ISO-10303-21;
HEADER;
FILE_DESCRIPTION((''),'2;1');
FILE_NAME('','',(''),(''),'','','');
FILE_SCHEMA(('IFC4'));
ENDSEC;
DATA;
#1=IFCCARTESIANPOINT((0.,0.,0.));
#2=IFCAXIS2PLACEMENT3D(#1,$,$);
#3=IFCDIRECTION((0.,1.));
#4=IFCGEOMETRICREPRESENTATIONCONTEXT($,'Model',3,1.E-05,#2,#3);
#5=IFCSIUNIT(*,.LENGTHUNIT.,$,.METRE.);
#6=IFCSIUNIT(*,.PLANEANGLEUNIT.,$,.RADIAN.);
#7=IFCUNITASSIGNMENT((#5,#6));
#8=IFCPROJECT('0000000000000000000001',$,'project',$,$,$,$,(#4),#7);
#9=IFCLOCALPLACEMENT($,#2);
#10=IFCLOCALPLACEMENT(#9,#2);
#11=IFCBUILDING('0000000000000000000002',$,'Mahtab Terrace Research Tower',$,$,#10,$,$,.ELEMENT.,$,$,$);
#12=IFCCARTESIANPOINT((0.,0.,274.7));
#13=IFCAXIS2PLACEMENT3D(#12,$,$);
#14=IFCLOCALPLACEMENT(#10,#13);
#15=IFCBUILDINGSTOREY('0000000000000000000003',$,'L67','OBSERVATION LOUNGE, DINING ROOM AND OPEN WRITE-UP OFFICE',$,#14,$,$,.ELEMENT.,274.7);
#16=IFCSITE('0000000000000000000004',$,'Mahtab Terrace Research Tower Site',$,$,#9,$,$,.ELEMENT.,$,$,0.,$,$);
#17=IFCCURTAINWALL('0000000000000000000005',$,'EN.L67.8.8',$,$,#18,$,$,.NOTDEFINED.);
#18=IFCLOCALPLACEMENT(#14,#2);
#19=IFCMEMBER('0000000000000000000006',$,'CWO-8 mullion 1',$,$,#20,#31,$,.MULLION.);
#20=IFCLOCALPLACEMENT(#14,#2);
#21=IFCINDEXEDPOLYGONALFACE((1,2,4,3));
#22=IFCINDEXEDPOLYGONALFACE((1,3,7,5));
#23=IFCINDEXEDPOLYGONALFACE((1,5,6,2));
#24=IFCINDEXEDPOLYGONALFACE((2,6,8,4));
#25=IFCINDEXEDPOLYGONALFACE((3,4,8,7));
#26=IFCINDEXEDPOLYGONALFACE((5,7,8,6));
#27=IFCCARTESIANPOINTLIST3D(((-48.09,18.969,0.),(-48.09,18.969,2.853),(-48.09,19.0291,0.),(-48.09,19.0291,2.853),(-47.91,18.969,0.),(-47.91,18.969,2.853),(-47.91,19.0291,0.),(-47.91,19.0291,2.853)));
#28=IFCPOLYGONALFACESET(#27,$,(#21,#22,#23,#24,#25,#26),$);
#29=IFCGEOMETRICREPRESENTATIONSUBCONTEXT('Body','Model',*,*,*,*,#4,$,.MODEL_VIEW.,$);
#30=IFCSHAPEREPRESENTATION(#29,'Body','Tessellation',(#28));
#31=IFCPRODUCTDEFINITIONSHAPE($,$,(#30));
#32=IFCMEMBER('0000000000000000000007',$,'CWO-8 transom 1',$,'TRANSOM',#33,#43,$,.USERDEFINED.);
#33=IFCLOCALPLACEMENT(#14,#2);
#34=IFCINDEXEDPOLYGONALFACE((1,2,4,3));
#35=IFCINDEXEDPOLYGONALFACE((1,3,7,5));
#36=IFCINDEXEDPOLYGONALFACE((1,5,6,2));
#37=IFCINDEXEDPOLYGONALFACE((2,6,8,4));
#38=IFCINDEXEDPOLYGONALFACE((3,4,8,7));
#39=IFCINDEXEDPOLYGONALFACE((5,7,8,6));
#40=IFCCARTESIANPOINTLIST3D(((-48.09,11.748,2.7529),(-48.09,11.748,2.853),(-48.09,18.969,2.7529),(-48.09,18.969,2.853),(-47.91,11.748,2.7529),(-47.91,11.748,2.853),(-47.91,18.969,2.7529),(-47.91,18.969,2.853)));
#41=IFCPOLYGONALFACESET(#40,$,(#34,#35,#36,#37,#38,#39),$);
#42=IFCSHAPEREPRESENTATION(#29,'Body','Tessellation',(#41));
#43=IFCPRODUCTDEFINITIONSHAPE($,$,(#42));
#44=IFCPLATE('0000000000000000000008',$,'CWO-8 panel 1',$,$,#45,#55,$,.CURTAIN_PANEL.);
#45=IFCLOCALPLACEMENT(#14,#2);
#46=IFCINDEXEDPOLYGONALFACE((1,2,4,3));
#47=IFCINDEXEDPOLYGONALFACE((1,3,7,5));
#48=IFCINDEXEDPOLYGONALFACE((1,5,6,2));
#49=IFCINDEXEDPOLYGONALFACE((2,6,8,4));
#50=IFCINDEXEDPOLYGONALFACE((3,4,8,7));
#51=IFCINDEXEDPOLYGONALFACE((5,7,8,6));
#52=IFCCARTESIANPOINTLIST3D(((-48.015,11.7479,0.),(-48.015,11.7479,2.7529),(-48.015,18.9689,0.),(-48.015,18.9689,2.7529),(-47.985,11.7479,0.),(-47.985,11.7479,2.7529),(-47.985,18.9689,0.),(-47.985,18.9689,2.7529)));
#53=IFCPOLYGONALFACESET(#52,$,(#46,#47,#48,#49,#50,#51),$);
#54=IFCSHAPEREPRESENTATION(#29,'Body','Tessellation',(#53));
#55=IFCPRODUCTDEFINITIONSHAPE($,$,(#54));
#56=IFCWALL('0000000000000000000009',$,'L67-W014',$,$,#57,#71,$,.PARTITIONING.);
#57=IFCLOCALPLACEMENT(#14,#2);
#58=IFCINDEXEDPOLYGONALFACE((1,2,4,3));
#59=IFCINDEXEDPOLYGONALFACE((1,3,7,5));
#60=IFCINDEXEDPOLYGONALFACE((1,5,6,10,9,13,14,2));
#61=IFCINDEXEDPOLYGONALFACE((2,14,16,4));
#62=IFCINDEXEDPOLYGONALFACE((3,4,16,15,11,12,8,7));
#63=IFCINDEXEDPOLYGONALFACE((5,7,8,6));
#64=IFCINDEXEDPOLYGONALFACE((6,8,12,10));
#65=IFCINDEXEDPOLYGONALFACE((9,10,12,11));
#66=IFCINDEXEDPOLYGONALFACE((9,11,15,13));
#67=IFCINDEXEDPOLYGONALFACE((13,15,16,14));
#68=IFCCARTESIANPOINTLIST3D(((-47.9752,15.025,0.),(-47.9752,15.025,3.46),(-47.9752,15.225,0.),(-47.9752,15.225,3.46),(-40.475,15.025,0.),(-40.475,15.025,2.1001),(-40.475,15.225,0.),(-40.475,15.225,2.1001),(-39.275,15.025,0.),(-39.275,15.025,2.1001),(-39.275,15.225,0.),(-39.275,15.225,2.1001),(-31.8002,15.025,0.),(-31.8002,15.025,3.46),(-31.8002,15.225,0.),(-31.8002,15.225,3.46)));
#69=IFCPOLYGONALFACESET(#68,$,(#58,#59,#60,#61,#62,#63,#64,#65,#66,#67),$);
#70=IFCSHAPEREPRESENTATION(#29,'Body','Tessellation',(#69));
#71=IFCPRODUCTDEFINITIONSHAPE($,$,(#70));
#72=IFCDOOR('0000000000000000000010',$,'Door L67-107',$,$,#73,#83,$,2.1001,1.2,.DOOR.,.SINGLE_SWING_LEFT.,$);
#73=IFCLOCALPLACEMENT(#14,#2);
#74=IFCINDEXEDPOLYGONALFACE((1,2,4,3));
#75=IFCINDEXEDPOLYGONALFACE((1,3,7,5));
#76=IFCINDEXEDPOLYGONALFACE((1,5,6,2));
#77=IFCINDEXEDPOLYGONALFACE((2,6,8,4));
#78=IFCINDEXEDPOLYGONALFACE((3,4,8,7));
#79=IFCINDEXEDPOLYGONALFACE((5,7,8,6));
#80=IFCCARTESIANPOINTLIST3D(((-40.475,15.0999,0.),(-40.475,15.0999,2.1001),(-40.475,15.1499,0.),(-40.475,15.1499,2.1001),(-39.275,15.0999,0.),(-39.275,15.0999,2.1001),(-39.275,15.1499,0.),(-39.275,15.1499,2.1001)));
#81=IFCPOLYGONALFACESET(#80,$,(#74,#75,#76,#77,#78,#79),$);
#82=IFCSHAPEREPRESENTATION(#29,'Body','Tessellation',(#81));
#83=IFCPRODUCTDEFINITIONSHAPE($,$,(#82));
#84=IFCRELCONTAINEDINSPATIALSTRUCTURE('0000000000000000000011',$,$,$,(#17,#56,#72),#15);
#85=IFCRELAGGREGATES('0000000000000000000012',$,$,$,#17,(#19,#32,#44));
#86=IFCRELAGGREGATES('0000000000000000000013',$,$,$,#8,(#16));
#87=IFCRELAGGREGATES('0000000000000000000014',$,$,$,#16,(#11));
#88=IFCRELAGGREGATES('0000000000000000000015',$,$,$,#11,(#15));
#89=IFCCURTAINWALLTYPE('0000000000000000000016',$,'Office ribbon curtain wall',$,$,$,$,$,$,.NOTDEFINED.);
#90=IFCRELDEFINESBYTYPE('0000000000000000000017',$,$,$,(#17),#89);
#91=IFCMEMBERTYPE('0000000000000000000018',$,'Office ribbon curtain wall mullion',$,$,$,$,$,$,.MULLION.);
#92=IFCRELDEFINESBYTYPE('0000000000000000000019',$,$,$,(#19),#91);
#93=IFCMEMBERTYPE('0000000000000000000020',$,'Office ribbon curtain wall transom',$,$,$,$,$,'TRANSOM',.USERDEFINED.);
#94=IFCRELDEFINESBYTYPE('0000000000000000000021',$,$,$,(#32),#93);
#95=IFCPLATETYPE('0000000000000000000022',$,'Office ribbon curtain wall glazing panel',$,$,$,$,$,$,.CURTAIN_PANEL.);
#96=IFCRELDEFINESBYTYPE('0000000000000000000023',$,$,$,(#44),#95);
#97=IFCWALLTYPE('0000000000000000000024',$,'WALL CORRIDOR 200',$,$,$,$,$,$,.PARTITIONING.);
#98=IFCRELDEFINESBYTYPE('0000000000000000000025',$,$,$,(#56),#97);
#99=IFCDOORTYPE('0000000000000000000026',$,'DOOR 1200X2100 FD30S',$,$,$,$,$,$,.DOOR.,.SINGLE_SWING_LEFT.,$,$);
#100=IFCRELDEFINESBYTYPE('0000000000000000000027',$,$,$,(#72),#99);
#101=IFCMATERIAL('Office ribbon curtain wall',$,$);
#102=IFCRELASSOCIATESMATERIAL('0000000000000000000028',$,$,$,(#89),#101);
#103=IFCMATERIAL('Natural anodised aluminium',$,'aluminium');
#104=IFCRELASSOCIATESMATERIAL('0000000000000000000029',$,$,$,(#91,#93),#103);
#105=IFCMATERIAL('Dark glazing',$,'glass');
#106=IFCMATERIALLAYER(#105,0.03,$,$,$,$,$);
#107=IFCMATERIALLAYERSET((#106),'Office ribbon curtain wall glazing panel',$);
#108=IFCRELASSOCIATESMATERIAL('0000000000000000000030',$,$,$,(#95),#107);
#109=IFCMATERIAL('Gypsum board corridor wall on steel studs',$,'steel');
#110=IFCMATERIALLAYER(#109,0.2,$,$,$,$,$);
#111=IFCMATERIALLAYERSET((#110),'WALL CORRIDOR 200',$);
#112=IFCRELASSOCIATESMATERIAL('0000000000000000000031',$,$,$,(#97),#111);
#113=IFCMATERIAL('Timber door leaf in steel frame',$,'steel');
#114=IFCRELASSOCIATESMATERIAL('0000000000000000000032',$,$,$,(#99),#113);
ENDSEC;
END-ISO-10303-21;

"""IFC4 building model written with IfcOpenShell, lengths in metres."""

from ifc_helpers import new_model, si_unit, direction, frame, frame_2d, origin, origin_2d, place, context, subcontext, project, spatial, rectangle, extrude, material, layer, layer_set, material_profile, profile_set, type_object, element, fill, aggregate, save


model = new_model("IFC4")

# Units and contexts
model_context = context("Model", 3, precision=1e-05, world=origin(), true_north=direction((0.0, 1.0)))
body_context = subcontext(model_context, "Body", "Model", "MODEL_VIEW")
ifc_project = project(units=[si_unit("LENGTHUNIT", "METRE"), si_unit("PLANEANGLEUNIT", "RADIAN")], contexts=[model_context])

# Site, building, storey
site_placement = place(None, origin())
site = spatial("IfcSite", under=ifc_project, at=site_placement, Name="Mahtab Terrace Research Tower Site", CompositionType="ELEMENT", RefElevation=0.0)
building_placement = place(site_placement, origin())
building = spatial("IfcBuilding", under=site, at=building_placement, Name="Mahtab Terrace Research Tower", CompositionType="ELEMENT")
storey_placement = place(building_placement, frame((0.0, 0.0, 274.7)))
storey = spatial("IfcBuildingStorey", under=building, at=storey_placement, Name="L67", Description="OBSERVATION LOUNGE, DINING ROOM AND OPEN WRITE-UP OFFICE", CompositionType="ELEMENT", Elevation=274.7)

# Curtain wall, members, plate
ifc_material_1 = material(Name="Office ribbon curtain wall")
curtain_wall_type = type_object("IfcCurtainWallType", Name="Office ribbon curtain wall", PredefinedType="NOTDEFINED", material=ifc_material_1)
curtain_wall_placement = place(storey_placement, origin())
curtain_wall = element("IfcCurtainWall", 1, at=curtain_wall_placement, inside=storey, type_object=curtain_wall_type, Name="EN.L67.8.8", PredefinedType="NOTDEFINED")
ifc_material_2 = material(Name="Natural anodised aluminium", Category="aluminium")
ifc_material_profile_1 = material_profile(ifc_material_2, rectangle(XDim=0.1799, YDim=0.0601, at=origin_2d()), Name="MULLION 60x180")
ifc_profile_set_1 = profile_set([ifc_material_profile_1], Name="Natural anodised aluminium")
member_type_1 = type_object("IfcMemberType", Name="Office ribbon curtain wall mullion", PredefinedType="MULLION", material=ifc_profile_set_1)
member_1_placement = place(storey_placement, frame((-48.0, 18.999, 0.0), z_axis=(0.0, 0.0, 1.0), x_axis=(1.0, 0.0, 0.0)))
member_1 = element("IfcMember", 2, at=member_1_placement, type_object=member_type_1, Name="CWO-8 mullion 1", PredefinedType="MULLION", context=body_context, shape_type="SweptSolid", body=[
    extrude(rectangle(XDim=0.1799, YDim=0.0601, at=origin_2d()), origin(), (0.0, 0.0, 1.0), 2.853),
])
ifc_material_profile_2 = material_profile(ifc_material_2, rectangle(XDim=0.1799, YDim=0.1001, at=origin_2d()), Name="TRANSOM 100x180")
ifc_profile_set_2 = profile_set([ifc_material_profile_2], Name="Natural anodised aluminium")
member_type_2 = type_object("IfcMemberType", Name="Office ribbon curtain wall transom", ElementType="TRANSOM", PredefinedType="USERDEFINED", material=ifc_profile_set_2)
member_2_placement = place(storey_placement, frame((-48.0, 18.969, 2.803), z_axis=(0.0, -1.0, 0.0), x_axis=(1.0, 0.0, 0.0)))
member_2 = element("IfcMember", 3, at=member_2_placement, type_object=member_type_2, Name="CWO-8 transom 1", ObjectType="TRANSOM", PredefinedType="USERDEFINED", context=body_context, shape_type="SweptSolid", body=[
    extrude(rectangle(XDim=0.1799, YDim=0.1001, at=origin_2d()), origin(), (0.0, 0.0, 1.0), 7.2209),
])
ifc_material_3 = material(Name="Dark glazing", Category="glass")
ifc_layer_1 = layer(ifc_material_3, 0.03)
ifc_layer_set_1 = layer_set([ifc_layer_1], Name="Office ribbon curtain wall glazing panel")
plate_type = type_object("IfcPlateType", Name="Office ribbon curtain wall glazing panel", PredefinedType="CURTAIN_PANEL", material=ifc_layer_set_1)
plate_placement = place(storey_placement, frame((-48.0, 15.3584, 0.0), z_axis=(0.0, 0.0, 1.0), x_axis=(0.0, -1.0, 0.0)))
plate = element("IfcPlate", 4, at=plate_placement, type_object=plate_type, Name="CWO-8 panel 1", PredefinedType="CURTAIN_PANEL", context=body_context, shape_type="SweptSolid", body=[
    extrude(rectangle(XDim=7.2209, YDim=0.03, at=origin_2d()), origin(), (0.0, 0.0, 1.0), 2.7529),
])
aggregate(curtain_wall, [member_1, member_2, plate])

# Wall, opening, door
ifc_material_4 = material(Name="Gypsum board corridor wall on steel studs", Category="steel")
ifc_layer_2 = layer(ifc_material_4, 0.2)
ifc_layer_set_2 = layer_set([ifc_layer_2], Name="WALL CORRIDOR 200")
wall_type = type_object("IfcWallType", Name="WALL CORRIDOR 200", PredefinedType="PARTITIONING", material=ifc_layer_set_2)
wall_1_placement = place(storey_placement, frame((-47.9751, 15.125, 0.0), z_axis=(0.0, 0.0, 1.0), x_axis=(1.0, 0.0, 0.0)))
wall_1 = element("IfcWall", 5, at=wall_1_placement, inside=storey, type_object=wall_type, Name="L67-W014", PredefinedType="PARTITIONING", context=body_context, shape_type="SweptSolid", body=[
    extrude(rectangle(XDim=16.175, YDim=0.2, at=frame_2d((8.0874, 0.0))), origin(), (0.0, 0.0, 1.0), 3.46),
])
opening_1_placement = place(wall_1_placement, frame((7.5, 0.0, 0.0)))
opening_1 = element("IfcOpeningElement", 6, at=opening_1_placement, cuts=wall_1, PredefinedType="OPENING", context=body_context, shape_type="SweptSolid", body=[
    extrude(rectangle(XDim=1.2, YDim=2.1001, at=frame_2d((0.6001, 1.05))), frame((0.0, 0.1099, 0.0), z_axis=(0.0, -1.0, 0.0), x_axis=(1.0, 0.0, 0.0)), (0.0, 0.0, 1.0), 0.22),
])
ifc_material_5 = material(Name="Timber door leaf in steel frame", Category="steel")
door_type_1 = type_object("IfcDoorType", Name="DOOR 1200X2100 FD30S", OperationType="SINGLE_SWING_LEFT", PredefinedType="DOOR", material=ifc_material_5)
door_1_placement = place(opening_1_placement, origin())
door_1 = element("IfcDoor", 7, at=door_1_placement, inside=storey, type_object=door_type_1, Name="Door L67-107", OperationType="SINGLE_SWING_LEFT", OverallHeight=2.1001, OverallWidth=1.2, PredefinedType="DOOR", context=body_context, shape_type="SweptSolid", body=[
    extrude(rectangle(XDim=1.2, YDim=2.1001, at=frame_2d((0.6001, 1.05))), frame((0.0, 0.0249, 0.0), z_axis=(0.0, -1.0, 0.0), x_axis=(1.0, 0.0, 0.0)), (0.0, 0.0, 1.0), 0.05),
])
fill(opening_1, door_1)

save(model, "model.ifc")
